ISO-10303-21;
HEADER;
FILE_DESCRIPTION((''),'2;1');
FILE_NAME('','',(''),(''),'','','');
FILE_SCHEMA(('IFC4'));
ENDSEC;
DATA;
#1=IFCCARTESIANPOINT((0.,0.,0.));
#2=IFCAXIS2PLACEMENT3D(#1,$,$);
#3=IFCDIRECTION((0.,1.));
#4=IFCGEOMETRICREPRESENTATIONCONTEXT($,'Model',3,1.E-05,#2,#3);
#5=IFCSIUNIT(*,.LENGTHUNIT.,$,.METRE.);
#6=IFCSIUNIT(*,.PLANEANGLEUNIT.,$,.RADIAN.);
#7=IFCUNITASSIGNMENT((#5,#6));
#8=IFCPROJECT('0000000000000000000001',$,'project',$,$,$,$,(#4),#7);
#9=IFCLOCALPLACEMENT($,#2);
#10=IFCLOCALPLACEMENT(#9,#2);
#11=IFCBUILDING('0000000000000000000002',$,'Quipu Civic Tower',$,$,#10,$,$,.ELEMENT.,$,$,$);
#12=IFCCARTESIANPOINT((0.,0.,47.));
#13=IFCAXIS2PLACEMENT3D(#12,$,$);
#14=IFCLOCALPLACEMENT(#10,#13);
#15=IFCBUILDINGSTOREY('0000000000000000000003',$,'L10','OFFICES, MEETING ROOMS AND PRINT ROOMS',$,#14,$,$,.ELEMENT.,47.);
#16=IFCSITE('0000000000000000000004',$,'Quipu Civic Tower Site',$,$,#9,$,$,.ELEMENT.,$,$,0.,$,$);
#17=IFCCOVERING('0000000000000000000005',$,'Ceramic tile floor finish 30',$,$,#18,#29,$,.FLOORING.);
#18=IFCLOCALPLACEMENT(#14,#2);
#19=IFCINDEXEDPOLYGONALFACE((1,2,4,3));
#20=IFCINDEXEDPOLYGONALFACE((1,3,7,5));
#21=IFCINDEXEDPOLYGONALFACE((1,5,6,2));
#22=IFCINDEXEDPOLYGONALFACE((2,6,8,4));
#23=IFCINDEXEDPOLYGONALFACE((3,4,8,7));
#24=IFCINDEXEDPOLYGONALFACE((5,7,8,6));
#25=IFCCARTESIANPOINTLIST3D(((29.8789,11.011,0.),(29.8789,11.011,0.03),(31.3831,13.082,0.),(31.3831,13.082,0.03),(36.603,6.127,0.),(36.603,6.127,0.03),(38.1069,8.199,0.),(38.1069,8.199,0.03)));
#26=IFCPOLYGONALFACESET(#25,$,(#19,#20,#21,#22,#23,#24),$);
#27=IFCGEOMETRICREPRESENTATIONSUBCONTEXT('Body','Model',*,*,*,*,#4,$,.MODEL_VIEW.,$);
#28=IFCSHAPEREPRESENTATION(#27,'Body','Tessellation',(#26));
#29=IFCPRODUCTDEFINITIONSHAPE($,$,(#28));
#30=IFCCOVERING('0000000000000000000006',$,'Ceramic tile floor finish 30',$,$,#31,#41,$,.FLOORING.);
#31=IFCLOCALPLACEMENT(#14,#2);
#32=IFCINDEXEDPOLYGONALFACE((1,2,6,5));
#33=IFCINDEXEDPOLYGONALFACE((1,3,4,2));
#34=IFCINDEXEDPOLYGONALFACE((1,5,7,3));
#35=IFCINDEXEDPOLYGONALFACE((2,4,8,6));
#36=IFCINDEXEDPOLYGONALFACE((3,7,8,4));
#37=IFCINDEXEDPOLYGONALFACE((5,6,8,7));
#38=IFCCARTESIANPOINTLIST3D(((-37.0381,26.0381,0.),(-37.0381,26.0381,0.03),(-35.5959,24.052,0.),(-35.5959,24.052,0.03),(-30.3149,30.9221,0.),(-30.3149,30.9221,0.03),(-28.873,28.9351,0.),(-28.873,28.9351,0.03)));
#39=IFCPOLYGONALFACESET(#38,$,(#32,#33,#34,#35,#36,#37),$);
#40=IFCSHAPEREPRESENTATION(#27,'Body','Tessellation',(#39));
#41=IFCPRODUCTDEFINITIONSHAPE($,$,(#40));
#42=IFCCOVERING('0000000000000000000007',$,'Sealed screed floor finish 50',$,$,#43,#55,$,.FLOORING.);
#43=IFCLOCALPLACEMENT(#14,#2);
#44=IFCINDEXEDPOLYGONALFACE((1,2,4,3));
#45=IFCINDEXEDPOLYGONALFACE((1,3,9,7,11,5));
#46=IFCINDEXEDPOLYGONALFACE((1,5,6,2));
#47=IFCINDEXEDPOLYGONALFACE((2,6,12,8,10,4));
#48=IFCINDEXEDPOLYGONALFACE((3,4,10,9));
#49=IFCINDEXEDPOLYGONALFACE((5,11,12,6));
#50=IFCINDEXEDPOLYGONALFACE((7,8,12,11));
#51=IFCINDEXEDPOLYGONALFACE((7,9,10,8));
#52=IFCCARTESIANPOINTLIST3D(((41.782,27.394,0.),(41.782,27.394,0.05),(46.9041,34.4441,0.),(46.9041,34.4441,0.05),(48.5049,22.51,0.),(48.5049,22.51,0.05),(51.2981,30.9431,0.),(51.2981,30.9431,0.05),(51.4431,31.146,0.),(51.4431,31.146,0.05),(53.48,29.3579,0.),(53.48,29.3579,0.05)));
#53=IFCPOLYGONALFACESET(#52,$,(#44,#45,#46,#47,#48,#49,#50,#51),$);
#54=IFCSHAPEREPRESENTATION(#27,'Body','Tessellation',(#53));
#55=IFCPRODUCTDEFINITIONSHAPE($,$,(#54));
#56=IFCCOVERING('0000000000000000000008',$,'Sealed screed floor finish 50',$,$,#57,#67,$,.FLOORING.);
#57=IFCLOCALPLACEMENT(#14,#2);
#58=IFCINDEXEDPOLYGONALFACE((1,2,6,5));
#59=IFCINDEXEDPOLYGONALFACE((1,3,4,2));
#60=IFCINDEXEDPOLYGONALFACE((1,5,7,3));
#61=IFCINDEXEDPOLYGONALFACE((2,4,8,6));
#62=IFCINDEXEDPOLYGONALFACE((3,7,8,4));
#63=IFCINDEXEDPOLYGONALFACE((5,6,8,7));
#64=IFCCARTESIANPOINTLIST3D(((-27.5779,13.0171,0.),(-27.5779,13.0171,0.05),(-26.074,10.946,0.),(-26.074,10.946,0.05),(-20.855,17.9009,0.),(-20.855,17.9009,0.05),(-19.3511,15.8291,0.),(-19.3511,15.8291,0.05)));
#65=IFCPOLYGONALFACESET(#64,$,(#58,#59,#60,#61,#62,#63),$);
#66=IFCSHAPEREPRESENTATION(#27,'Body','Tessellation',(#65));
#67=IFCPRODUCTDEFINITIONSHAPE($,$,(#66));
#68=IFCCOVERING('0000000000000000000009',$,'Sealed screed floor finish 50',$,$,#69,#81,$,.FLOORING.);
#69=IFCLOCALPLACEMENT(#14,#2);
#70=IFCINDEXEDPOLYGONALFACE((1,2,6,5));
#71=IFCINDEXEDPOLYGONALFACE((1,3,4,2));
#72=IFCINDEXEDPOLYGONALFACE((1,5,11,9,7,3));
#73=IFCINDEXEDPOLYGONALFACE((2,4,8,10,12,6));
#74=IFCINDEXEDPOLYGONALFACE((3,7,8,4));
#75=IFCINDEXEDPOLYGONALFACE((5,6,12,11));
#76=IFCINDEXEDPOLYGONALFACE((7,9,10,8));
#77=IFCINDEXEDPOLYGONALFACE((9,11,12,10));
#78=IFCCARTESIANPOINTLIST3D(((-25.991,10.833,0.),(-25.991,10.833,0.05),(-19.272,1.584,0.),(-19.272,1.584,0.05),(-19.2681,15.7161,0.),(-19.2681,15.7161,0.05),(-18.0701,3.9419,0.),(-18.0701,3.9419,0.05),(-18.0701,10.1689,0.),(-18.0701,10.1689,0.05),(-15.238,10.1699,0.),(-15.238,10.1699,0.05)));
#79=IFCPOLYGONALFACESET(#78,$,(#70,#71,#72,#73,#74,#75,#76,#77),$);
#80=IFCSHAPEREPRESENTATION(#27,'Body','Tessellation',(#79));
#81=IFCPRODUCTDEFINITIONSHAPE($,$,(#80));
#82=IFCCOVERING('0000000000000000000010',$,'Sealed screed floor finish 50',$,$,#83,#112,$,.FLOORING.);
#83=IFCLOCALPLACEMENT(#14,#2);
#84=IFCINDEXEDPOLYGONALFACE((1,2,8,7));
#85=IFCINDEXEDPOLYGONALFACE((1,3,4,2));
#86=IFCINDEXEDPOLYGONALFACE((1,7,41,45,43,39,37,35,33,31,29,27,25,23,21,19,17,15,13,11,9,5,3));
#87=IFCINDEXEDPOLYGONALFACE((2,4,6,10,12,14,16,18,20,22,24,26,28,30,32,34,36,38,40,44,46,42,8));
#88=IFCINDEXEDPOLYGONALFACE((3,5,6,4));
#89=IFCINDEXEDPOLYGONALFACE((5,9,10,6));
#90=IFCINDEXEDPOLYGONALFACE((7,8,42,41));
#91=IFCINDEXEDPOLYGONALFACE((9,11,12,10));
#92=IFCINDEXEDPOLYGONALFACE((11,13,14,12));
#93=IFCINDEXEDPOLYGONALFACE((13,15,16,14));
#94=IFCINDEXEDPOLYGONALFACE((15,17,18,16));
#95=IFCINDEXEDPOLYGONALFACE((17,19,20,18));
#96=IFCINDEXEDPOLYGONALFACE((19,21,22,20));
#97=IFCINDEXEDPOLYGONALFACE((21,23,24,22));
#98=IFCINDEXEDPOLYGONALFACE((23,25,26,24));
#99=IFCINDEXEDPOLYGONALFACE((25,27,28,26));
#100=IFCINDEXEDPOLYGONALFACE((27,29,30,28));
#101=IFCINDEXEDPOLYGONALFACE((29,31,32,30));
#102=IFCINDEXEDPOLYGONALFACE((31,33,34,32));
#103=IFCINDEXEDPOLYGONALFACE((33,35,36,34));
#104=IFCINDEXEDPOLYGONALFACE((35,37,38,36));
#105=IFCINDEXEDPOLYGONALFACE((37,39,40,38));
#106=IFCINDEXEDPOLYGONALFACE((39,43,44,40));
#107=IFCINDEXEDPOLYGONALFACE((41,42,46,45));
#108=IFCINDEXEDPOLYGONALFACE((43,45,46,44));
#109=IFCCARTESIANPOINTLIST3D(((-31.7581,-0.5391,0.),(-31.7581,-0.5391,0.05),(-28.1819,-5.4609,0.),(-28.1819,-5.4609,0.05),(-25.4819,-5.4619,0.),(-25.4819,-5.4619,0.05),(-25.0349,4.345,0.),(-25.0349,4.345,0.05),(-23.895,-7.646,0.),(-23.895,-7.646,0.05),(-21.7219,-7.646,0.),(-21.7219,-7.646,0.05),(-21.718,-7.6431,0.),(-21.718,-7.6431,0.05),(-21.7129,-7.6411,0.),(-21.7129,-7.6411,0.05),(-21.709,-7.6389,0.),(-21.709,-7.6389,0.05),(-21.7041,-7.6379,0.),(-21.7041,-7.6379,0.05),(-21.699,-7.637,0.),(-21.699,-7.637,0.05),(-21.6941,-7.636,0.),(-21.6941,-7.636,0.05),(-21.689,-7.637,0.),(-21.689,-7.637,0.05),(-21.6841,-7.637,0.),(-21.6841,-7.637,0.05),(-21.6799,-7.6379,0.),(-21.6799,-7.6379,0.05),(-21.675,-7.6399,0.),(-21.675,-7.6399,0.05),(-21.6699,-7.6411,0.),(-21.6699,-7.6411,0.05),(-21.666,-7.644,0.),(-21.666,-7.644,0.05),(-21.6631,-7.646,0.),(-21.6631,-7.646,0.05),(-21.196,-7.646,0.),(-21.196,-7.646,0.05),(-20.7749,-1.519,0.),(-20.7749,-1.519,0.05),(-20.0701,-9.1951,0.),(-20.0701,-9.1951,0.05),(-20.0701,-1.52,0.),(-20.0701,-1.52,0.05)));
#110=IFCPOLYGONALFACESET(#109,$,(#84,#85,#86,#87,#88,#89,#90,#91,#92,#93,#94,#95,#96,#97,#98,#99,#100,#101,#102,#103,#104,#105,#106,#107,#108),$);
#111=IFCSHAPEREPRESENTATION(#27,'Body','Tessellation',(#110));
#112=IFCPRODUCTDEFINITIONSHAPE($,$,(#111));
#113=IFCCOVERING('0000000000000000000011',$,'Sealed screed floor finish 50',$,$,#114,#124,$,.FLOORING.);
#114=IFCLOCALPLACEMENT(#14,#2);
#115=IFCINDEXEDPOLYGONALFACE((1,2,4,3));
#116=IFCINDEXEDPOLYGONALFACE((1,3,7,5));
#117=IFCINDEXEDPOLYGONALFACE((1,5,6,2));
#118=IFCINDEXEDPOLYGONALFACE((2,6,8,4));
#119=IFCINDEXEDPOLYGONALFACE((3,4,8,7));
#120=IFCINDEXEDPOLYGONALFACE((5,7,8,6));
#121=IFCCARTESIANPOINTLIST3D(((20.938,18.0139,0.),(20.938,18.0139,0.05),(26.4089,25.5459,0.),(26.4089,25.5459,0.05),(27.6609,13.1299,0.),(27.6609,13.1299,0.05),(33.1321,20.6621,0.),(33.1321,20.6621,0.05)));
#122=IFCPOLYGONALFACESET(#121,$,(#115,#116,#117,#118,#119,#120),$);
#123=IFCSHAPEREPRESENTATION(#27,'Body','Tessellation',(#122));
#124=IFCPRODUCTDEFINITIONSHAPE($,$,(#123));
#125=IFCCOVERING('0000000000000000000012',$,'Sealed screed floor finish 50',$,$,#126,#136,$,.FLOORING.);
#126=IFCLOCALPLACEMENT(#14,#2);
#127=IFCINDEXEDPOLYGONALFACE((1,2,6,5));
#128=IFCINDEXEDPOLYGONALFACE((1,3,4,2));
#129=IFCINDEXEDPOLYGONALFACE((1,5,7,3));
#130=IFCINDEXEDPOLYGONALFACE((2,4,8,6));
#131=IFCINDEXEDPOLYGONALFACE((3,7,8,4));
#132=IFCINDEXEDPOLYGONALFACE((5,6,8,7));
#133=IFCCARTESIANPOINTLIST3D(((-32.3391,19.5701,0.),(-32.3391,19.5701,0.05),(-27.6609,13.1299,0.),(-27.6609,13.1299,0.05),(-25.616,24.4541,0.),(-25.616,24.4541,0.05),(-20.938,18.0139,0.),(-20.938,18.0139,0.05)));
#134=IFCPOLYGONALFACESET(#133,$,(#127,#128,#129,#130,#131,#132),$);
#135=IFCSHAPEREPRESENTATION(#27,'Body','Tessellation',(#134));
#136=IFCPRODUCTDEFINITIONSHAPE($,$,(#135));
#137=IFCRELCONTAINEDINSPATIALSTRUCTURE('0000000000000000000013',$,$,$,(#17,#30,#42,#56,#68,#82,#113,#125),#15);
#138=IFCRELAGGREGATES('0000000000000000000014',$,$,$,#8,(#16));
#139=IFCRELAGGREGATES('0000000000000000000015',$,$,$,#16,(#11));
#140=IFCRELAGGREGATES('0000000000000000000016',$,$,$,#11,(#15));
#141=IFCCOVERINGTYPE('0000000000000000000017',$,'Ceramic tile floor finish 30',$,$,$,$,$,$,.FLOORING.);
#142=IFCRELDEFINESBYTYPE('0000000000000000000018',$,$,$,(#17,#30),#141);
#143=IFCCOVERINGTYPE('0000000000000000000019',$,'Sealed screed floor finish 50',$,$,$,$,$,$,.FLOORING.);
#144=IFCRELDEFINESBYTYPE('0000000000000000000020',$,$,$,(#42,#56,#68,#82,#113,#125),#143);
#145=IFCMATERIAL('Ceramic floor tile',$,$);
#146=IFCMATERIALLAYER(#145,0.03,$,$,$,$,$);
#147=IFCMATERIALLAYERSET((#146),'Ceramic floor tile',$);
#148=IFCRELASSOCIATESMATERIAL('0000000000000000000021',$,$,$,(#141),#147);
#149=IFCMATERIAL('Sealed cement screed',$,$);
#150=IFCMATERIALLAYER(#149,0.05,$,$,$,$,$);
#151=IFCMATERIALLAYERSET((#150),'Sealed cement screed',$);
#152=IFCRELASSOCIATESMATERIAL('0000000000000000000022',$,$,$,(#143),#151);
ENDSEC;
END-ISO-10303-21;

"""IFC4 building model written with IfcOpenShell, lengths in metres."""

from ifc_helpers import new_model, si_unit, direction, frame, origin, place, context, subcontext, project, spatial, polyline, outline, extrude, material, layer, layer_set, type_object, element, save


model = new_model("IFC4")

# Units and contexts
model_context = context("Model", 3, precision=1e-05, world=origin(), true_north=direction((0.0, 1.0)))
body_context = subcontext(model_context, "Body", "Model", "MODEL_VIEW")
ifc_project = project(units=[si_unit("LENGTHUNIT", "METRE"), si_unit("PLANEANGLEUNIT", "RADIAN")], contexts=[model_context])

# Site, building, storey
site_placement = place(None, origin())
site = spatial("IfcSite", under=ifc_project, at=site_placement, Name="Quipu Civic Tower Site", CompositionType="ELEMENT", RefElevation=0.0)
building_placement = place(site_placement, origin())
building = spatial("IfcBuilding", under=site, at=building_placement, Name="Quipu Civic Tower", CompositionType="ELEMENT")
storey_placement = place(building_placement, frame((0.0, 0.0, 47.0)))
storey = spatial("IfcBuildingStorey", under=building, at=storey_placement, Name="L10", Description="OFFICES, MEETING ROOMS AND PRINT ROOMS", CompositionType="ELEMENT", Elevation=47.0)

# Coverings
ifc_material_1 = material(Name="Ceramic floor tile")
ifc_layer_1 = layer(ifc_material_1, 0.03)
ifc_layer_set_1 = layer_set([ifc_layer_1], Name="Ceramic floor tile")
covering_type_1 = type_object("IfcCoveringType", Name="Ceramic tile floor finish 30", PredefinedType="FLOORING", material=ifc_layer_set_1)
covering_1_placement = place(storey_placement, origin())
element("IfcCovering", 1, at=covering_1_placement, inside=storey, type_object=covering_type_1, Name="Ceramic tile floor finish 30", PredefinedType="FLOORING", context=body_context, shape_type="SweptSolid", body=[
    extrude(outline(polyline([(29.8789, 11.011), (31.3831, 13.082), (38.1069, 8.199), (36.603, 6.127), (29.8789, 11.011)])), origin(), (0.0, 0.0, 1.0), 0.03),
])
covering_2_placement = place(storey_placement, origin())
element("IfcCovering", 2, at=covering_2_placement, inside=storey, type_object=covering_type_1, Name="Ceramic tile floor finish 30", PredefinedType="FLOORING", context=body_context, shape_type="SweptSolid", body=[
    extrude(outline(polyline([(-37.0381, 26.0381), (-30.3149, 30.9221), (-28.873, 28.9351), (-35.5959, 24.052), (-37.0381, 26.0381)])), origin(), (0.0, 0.0, 1.0), 0.03),
])
ifc_material_2 = material(Name="Sealed cement screed")
ifc_layer_2 = layer(ifc_material_2, 0.05)
ifc_layer_set_2 = layer_set([ifc_layer_2], Name="Sealed cement screed")
covering_type_2 = type_object("IfcCoveringType", Name="Sealed screed floor finish 50", PredefinedType="FLOORING", material=ifc_layer_set_2)
covering_3_placement = place(storey_placement, origin())
element("IfcCovering", 3, at=covering_3_placement, inside=storey, type_object=covering_type_2, Name="Sealed screed floor finish 50", PredefinedType="FLOORING", context=body_context, shape_type="SweptSolid", body=[
    extrude(outline(polyline([(41.782, 27.394), (46.9041, 34.4441), (51.4431, 31.146), (51.2981, 30.9431), (53.48, 29.3579), (48.5049, 22.51), (41.782, 27.394)])), origin(), (0.0, 0.0, 1.0), 0.05),
])
covering_4_placement = place(storey_placement, origin())
element("IfcCovering", 4, at=covering_4_placement, inside=storey, type_object=covering_type_2, Name="Sealed screed floor finish 50", PredefinedType="FLOORING", context=body_context, shape_type="SweptSolid", body=[
    extrude(outline(polyline([(-27.5779, 13.0171), (-20.855, 17.9009), (-19.3511, 15.8291), (-26.074, 10.946), (-27.5779, 13.0171)])), origin(), (0.0, 0.0, 1.0), 0.05),
])
covering_5_placement = place(storey_placement, origin())
element("IfcCovering", 5, at=covering_5_placement, inside=storey, type_object=covering_type_2, Name="Sealed screed floor finish 50", PredefinedType="FLOORING", context=body_context, shape_type="SweptSolid", body=[
    extrude(outline(polyline([(-25.991, 10.833), (-19.2681, 15.7161), (-15.238, 10.1699), (-18.0701, 10.1689), (-18.0701, 3.9419), (-19.272, 1.584), (-25.991, 10.833)])), origin(), (0.0, 0.0, 1.0), 0.05),
])
covering_6_placement = place(storey_placement, origin())
element("IfcCovering", 6, at=covering_6_placement, inside=storey, type_object=covering_type_2, Name="Sealed screed floor finish 50", PredefinedType="FLOORING", context=body_context, shape_type="SweptSolid", body=[
    extrude(outline(polyline([(-31.7581, -0.5391), (-25.0349, 4.345), (-20.7749, -1.519), (-20.0701, -1.52), (-20.0701, -9.1951), (-21.196, -7.646), (-21.6631, -7.646), (-21.666, -7.644), (-21.6699, -7.6411), (-21.675, -7.6399), (-21.6799, -7.6379), (-21.6841, -7.637), (-21.689, -7.637), (-21.6941, -7.636), (-21.699, -7.637), (-21.7041, -7.6379), (-21.709, -7.6389), (-21.7129, -7.6411), (-21.718, -7.6431), (-21.7219, -7.646), (-21.7219, -7.646), (-23.895, -7.646), (-25.4819, -5.4619), (-28.1819, -5.4609), (-31.7581, -0.5391)])), origin(), (0.0, 0.0, 1.0), 0.05),
])
covering_7_placement = place(storey_placement, origin())
element("IfcCovering", 7, at=covering_7_placement, inside=storey, type_object=covering_type_2, Name="Sealed screed floor finish 50", PredefinedType="FLOORING", context=body_context, shape_type="SweptSolid", body=[
    extrude(outline(polyline([(20.938, 18.0139), (26.4089, 25.5459), (33.1321, 20.6621), (27.6609, 13.1299), (20.938, 18.0139)])), origin(), (0.0, 0.0, 1.0), 0.05),
])
covering_8_placement = place(storey_placement, origin())
element("IfcCovering", 8, at=covering_8_placement, inside=storey, type_object=covering_type_2, Name="Sealed screed floor finish 50", PredefinedType="FLOORING", context=body_context, shape_type="SweptSolid", body=[
    extrude(outline(polyline([(-32.3391, 19.5701), (-25.616, 24.4541), (-20.938, 18.0139), (-27.6609, 13.1299), (-32.3391, 19.5701)])), origin(), (0.0, 0.0, 1.0), 0.05),
])

save(model, "model.ifc")
